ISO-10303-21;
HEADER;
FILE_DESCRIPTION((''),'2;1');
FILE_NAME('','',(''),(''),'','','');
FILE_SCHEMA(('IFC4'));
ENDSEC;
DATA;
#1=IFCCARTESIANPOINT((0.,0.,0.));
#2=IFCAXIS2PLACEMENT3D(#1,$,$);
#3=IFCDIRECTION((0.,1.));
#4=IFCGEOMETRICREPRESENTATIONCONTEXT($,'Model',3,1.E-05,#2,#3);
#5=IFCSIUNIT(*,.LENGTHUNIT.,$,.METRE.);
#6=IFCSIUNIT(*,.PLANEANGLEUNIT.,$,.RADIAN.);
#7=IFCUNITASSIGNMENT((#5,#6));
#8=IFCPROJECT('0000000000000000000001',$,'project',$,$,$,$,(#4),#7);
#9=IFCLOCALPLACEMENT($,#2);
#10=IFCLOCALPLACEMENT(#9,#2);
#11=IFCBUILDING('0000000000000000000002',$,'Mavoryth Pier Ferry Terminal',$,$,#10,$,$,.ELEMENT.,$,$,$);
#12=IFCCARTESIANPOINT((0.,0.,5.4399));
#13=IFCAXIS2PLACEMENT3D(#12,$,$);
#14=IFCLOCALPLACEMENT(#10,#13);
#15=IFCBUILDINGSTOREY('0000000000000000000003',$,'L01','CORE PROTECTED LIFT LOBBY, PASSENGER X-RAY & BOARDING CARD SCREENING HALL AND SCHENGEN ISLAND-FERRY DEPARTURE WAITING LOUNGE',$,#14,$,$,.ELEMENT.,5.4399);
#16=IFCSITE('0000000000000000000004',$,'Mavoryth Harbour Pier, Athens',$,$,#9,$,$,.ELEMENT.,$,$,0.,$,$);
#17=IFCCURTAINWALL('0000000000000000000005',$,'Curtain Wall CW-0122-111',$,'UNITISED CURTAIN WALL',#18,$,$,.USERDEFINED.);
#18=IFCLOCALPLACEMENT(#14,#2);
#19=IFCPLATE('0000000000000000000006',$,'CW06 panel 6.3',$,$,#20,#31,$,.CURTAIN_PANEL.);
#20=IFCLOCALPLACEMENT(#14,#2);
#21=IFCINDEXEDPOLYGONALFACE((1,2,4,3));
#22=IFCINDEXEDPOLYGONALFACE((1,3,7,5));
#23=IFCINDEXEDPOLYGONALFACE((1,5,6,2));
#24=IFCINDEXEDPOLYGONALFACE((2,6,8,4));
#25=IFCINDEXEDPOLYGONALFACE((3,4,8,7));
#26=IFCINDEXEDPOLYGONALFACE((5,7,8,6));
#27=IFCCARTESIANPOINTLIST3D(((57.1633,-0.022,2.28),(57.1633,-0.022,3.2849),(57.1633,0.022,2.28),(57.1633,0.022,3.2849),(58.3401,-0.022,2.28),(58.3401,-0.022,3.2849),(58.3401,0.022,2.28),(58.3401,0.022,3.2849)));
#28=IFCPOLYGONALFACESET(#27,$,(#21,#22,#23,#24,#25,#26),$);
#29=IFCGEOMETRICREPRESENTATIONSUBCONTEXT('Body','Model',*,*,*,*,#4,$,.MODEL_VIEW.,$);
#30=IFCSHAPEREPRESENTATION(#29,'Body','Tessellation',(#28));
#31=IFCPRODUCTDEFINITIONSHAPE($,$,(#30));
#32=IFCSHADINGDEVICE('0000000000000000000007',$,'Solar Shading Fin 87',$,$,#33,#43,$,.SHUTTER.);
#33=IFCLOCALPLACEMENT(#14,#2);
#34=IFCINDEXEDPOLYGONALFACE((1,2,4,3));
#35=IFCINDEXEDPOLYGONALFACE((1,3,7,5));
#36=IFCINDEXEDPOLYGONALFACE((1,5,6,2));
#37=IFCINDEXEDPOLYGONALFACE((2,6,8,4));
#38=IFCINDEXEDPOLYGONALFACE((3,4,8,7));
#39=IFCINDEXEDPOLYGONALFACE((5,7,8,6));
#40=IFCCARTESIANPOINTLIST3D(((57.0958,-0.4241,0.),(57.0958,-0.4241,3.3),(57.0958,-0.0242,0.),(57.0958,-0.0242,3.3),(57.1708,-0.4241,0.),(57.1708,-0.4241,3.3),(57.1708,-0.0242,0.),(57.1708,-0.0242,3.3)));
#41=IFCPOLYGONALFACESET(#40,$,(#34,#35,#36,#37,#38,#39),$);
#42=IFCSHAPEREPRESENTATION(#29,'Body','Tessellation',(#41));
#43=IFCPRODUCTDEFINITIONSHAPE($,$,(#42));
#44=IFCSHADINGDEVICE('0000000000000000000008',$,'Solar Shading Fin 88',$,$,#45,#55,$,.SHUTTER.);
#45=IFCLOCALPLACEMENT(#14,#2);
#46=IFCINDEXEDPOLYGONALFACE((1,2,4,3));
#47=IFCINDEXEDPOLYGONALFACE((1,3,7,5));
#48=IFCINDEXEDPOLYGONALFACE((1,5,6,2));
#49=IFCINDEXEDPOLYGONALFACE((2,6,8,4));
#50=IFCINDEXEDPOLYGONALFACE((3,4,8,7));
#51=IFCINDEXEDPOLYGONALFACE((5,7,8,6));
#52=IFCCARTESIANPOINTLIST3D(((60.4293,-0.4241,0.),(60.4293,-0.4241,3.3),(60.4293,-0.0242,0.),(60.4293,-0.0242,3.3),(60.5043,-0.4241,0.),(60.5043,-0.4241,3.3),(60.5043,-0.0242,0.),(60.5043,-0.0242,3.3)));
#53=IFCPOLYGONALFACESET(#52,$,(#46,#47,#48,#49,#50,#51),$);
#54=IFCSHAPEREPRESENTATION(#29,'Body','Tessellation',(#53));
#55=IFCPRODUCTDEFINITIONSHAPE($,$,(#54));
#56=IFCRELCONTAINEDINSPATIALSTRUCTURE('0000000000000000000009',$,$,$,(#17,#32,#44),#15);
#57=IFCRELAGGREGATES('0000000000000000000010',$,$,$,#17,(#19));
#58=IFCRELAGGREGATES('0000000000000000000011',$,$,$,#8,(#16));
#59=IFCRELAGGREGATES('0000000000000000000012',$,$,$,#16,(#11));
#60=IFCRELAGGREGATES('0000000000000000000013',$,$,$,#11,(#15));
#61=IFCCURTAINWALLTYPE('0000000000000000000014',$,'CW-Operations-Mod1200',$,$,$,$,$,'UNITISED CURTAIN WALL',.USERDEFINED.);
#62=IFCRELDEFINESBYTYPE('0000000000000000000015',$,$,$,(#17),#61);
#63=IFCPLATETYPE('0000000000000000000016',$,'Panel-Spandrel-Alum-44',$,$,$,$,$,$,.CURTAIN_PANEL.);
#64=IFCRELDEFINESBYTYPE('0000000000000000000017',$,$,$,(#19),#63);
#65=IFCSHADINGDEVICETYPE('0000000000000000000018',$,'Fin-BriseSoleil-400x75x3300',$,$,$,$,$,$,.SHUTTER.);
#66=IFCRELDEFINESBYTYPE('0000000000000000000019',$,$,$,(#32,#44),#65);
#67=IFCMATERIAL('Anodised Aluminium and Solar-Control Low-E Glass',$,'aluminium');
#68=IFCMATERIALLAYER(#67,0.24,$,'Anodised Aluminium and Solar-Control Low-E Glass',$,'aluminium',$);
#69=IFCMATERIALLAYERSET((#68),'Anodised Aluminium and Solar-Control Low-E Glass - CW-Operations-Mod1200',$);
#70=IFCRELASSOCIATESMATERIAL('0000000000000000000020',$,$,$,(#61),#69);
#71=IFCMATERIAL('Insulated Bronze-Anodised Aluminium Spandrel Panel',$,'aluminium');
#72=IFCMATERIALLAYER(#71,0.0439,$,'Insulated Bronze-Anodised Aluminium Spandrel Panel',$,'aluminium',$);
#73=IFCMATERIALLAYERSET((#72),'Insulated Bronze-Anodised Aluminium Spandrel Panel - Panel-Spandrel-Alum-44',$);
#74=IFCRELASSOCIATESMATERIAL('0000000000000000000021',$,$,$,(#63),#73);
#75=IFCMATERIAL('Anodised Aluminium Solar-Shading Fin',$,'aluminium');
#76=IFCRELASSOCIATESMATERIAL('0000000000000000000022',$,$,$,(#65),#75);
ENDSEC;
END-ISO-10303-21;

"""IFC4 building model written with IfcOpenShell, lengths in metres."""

from ifc_helpers import new_model, si_unit, direction, frame, origin, origin_2d, place, context, subcontext, project, spatial, rectangle, extrude, material, layer, layer_set, type_object, element, aggregate, save


model = new_model("IFC4")

# Units and contexts
model_context = context("Model", 3, precision=1e-05, world=origin(), true_north=direction((0.0, 1.0)))
body_context = subcontext(model_context, "Body", "Model", "MODEL_VIEW")
ifc_project = project(units=[si_unit("LENGTHUNIT", "METRE"), si_unit("PLANEANGLEUNIT", "RADIAN")], contexts=[model_context])

# Site, building, storey
site_placement = place(None, origin())
site = spatial("IfcSite", under=ifc_project, at=site_placement, Name="Mavoryth Harbour Pier, Athens", CompositionType="ELEMENT", RefElevation=0.0)
building_placement = place(site_placement, origin())
building = spatial("IfcBuilding", under=site, at=building_placement, Name="Mavoryth Pier Ferry Terminal", CompositionType="ELEMENT")
storey_placement = place(building_placement, frame((0.0, 0.0, 5.4399)))
storey = spatial("IfcBuildingStorey", under=building, at=storey_placement, Name="L01", Description="CORE PROTECTED LIFT LOBBY, PASSENGER X-RAY & BOARDING CARD SCREENING HALL AND SCHENGEN ISLAND-FERRY DEPARTURE WAITING LOUNGE", CompositionType="ELEMENT", Elevation=5.4399)

# Curtain wall
ifc_material_1 = material(Name="Anodised Aluminium and Solar-Control Low-E Glass", Category="aluminium")
ifc_layer_1 = layer(ifc_material_1, 0.24, Name="Anodised Aluminium and Solar-Control Low-E Glass", Category="aluminium")
ifc_layer_set_1 = layer_set([ifc_layer_1], Name="Anodised Aluminium and Solar-Control Low-E Glass - CW-Operations-Mod1200")
curtain_wall_type = type_object("IfcCurtainWallType", Name="CW-Operations-Mod1200", ElementType="UNITISED CURTAIN WALL", PredefinedType="USERDEFINED", material=ifc_layer_set_1)
curtain_wall_1_placement = place(storey_placement, origin())
curtain_wall_1 = element("IfcCurtainWall", 1, at=curtain_wall_1_placement, inside=storey, type_object=curtain_wall_type, Name="Curtain Wall CW-0122-111", ObjectType="UNITISED CURTAIN WALL", PredefinedType="USERDEFINED")

# Plate
ifc_material_2 = material(Name="Insulated Bronze-Anodised Aluminium Spandrel Panel", Category="aluminium")
ifc_layer_2 = layer(ifc_material_2, 0.0439, Name="Insulated Bronze-Anodised Aluminium Spandrel Panel", Category="aluminium")
ifc_layer_set_2 = layer_set([ifc_layer_2], Name="Insulated Bronze-Anodised Aluminium Spandrel Panel - Panel-Spandrel-Alum-44")
plate_type = type_object("IfcPlateType", Name="Panel-Spandrel-Alum-44", PredefinedType="CURTAIN_PANEL", material=ifc_layer_set_2)
plate_1_placement = place(storey_placement, frame((57.7517, 0.0, 2.28), z_axis=(0.0, 0.0, 1.0), x_axis=(1.0, 0.0, 0.0)))
plate_1 = element("IfcPlate", 2, at=plate_1_placement, type_object=plate_type, Name="CW06 panel 6.3", PredefinedType="CURTAIN_PANEL", context=body_context, shape_type="SweptSolid", body=[
    extrude(rectangle(XDim=1.1768, YDim=0.0439, at=origin_2d()), origin(), (0.0, 0.0, 1.0), 1.0049),
])
aggregate(curtain_wall_1, [plate_1])

# Shading devices
ifc_material_3 = material(Name="Anodised Aluminium Solar-Shading Fin", Category="aluminium")
shading_device_type = type_object("IfcShadingDeviceType", Name="Fin-BriseSoleil-400x75x3300", PredefinedType="SHUTTER", material=ifc_material_3)
for number, where, z_axis, x_axis, name in (
    (3, (57.1333, -0.2241, 0.0), (0.0, 0.0, 1.0), (1.0, 0.0, 0.0), "Solar Shading Fin 87"),
    (4, (60.4668, -0.2241, 0.0), (0.0, 0.0, 1.0), (1.0, 0.0, 0.0), "Solar Shading Fin 88"),
):
    element("IfcShadingDevice", number, at=place(storey_placement, frame(where, z_axis=z_axis, x_axis=x_axis)), inside=storey, type_object=shading_device_type, Name=name, PredefinedType="SHUTTER", context=body_context, shape_type="SweptSolid", body=[
        extrude(rectangle(XDim=0.075, YDim=0.3999, at=origin_2d()), origin(), (0.0, 0.0, 1.0), 3.3),
    ])

save(model, "model.ifc")
